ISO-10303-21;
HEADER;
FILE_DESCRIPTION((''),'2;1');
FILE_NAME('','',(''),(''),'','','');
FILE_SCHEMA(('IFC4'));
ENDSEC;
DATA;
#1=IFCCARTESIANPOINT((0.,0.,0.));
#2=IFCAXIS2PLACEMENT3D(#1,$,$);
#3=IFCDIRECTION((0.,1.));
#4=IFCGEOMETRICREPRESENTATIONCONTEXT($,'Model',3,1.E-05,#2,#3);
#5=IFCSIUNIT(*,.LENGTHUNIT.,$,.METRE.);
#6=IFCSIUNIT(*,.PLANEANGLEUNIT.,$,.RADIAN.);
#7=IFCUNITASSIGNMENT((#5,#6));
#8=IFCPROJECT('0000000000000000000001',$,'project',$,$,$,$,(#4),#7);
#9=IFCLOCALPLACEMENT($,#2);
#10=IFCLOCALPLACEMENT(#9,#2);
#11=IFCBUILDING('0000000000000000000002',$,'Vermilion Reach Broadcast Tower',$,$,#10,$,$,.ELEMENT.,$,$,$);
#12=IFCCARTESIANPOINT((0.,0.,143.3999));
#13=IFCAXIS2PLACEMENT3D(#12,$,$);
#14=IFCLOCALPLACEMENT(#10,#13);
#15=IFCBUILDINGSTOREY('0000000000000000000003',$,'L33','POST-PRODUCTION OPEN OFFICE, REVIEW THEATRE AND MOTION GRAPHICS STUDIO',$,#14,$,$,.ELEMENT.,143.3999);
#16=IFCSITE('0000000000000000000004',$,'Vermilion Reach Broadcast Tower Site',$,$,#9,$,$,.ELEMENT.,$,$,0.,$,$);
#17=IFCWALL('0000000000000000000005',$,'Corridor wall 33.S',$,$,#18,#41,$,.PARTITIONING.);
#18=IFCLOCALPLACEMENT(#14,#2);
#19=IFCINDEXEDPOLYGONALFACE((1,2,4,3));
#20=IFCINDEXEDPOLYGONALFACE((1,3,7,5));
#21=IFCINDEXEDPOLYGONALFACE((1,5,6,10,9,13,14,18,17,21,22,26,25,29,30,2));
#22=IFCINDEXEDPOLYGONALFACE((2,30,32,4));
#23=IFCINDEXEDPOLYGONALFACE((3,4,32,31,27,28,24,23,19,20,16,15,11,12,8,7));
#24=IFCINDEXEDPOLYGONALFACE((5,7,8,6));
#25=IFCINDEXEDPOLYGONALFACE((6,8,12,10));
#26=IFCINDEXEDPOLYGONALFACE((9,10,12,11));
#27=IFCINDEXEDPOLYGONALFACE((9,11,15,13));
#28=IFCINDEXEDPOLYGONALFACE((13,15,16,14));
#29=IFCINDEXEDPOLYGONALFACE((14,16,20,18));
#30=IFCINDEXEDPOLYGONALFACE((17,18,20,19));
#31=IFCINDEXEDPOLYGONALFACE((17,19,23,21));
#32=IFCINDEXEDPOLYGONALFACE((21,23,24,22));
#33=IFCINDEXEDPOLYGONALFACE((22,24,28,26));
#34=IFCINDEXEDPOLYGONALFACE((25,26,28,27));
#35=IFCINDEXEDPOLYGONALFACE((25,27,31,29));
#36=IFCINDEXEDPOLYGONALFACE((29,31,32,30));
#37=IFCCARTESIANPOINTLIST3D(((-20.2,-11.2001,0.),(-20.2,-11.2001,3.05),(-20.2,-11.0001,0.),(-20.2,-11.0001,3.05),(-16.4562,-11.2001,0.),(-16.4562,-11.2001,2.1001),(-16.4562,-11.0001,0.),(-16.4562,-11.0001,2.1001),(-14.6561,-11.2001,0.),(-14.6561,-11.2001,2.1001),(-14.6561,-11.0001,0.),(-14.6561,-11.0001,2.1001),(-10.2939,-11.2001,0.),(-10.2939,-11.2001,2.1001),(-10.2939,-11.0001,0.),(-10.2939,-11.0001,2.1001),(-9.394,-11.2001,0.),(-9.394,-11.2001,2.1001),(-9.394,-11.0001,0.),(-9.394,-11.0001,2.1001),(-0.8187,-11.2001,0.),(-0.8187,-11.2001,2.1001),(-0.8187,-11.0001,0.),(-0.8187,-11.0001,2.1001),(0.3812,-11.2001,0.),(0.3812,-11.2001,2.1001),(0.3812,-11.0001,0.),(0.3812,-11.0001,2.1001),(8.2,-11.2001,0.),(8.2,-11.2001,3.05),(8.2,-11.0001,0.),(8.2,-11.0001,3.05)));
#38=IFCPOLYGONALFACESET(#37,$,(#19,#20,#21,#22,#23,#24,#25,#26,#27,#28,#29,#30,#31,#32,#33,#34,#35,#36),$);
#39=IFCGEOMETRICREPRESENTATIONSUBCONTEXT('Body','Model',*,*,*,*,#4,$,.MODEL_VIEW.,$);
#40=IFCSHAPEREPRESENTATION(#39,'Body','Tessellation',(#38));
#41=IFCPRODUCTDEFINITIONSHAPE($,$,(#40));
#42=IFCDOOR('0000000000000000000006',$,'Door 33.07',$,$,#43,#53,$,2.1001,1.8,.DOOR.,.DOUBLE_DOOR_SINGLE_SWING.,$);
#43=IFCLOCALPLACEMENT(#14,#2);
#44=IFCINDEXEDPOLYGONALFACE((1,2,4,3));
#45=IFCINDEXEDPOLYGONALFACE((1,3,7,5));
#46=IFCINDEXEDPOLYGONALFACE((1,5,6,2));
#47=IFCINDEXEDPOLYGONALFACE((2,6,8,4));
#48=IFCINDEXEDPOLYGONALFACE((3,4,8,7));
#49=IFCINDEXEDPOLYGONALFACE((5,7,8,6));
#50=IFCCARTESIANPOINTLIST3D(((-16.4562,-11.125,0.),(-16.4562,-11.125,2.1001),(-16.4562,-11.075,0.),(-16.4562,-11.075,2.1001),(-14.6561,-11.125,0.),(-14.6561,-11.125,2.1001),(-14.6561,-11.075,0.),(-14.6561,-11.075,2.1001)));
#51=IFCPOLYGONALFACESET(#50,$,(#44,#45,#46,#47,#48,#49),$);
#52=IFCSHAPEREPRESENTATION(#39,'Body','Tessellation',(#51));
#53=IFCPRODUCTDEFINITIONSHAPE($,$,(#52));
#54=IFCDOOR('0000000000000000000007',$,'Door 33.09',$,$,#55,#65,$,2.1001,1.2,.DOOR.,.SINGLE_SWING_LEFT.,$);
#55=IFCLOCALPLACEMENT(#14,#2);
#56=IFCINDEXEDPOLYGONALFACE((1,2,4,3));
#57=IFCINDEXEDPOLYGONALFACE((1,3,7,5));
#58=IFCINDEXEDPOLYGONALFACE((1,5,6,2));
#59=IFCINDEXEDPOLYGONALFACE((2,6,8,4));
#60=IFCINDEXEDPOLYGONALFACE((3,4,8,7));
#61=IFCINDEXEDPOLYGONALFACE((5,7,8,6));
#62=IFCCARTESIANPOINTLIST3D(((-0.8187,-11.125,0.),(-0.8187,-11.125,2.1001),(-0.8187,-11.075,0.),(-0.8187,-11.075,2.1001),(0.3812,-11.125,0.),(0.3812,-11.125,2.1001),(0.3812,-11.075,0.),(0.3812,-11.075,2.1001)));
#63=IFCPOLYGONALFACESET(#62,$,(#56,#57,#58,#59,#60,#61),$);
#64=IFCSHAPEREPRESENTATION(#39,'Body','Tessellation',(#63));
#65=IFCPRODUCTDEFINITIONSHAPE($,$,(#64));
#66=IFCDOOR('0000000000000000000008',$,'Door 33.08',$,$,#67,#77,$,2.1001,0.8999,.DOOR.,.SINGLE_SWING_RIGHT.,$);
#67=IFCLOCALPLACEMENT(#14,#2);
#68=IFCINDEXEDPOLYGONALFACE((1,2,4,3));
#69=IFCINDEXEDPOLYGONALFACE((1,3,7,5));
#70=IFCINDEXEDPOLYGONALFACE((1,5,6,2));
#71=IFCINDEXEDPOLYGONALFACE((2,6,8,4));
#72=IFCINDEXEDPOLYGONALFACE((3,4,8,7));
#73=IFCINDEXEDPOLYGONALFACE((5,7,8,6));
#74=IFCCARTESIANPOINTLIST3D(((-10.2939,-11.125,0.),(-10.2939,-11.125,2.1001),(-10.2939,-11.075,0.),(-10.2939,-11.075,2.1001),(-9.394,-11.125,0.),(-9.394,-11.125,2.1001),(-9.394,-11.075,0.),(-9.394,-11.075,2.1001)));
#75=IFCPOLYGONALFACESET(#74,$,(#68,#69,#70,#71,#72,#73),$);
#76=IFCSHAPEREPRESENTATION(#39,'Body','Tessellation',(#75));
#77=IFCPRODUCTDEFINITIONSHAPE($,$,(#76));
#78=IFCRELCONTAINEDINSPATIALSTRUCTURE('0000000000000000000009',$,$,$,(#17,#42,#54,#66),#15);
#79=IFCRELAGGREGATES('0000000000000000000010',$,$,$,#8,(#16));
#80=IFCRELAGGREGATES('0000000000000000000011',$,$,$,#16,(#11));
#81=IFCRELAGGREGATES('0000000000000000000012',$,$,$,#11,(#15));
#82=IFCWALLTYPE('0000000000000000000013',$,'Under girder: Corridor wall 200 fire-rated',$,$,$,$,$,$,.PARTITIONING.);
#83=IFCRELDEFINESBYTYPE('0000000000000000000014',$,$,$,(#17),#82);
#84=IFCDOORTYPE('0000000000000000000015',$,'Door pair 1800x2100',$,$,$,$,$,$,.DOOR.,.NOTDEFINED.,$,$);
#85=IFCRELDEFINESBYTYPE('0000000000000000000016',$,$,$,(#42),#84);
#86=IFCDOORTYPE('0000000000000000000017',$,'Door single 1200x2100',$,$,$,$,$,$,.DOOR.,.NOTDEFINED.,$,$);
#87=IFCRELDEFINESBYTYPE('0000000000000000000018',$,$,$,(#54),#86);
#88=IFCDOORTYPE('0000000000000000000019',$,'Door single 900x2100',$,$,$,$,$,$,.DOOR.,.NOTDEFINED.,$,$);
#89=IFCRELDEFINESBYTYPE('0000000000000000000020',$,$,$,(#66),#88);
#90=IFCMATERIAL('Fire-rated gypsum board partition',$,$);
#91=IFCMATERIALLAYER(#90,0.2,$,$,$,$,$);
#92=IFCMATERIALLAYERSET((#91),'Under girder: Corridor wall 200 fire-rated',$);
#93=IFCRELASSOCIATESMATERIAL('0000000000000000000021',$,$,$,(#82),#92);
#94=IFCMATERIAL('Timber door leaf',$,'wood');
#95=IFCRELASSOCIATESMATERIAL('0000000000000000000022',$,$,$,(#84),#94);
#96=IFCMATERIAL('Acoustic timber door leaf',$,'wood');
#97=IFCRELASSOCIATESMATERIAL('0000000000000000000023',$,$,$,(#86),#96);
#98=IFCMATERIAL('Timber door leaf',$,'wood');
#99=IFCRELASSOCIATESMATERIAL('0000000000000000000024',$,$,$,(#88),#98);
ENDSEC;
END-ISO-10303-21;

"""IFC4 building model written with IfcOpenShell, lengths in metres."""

from ifc_helpers import new_model, si_unit, direction, frame, frame_2d, origin, place, context, subcontext, project, spatial, rectangle, extrude, material, layer, layer_set, type_object, element, fill, save


model = new_model("IFC4")

# Units and contexts
model_context = context("Model", 3, precision=1e-05, world=origin(), true_north=direction((0.0, 1.0)))
body_context = subcontext(model_context, "Body", "Model", "MODEL_VIEW")
ifc_project = project(units=[si_unit("LENGTHUNIT", "METRE"), si_unit("PLANEANGLEUNIT", "RADIAN")], contexts=[model_context])

# Site, building, storey
site_placement = place(None, origin())
site = spatial("IfcSite", under=ifc_project, at=site_placement, Name="Vermilion Reach Broadcast Tower Site", CompositionType="ELEMENT", RefElevation=0.0)
building_placement = place(site_placement, origin())
building = spatial("IfcBuilding", under=site, at=building_placement, Name="Vermilion Reach Broadcast Tower", CompositionType="ELEMENT")
storey_placement = place(building_placement, frame((0.0, 0.0, 143.3999)))
storey = spatial("IfcBuildingStorey", under=building, at=storey_placement, Name="L33", Description="POST-PRODUCTION OPEN OFFICE, REVIEW THEATRE AND MOTION GRAPHICS STUDIO", CompositionType="ELEMENT", Elevation=143.3999)

# Wall, openings, doors
ifc_material_1 = material(Name="Fire-rated gypsum board partition")
ifc_layer_1 = layer(ifc_material_1, 0.2)
ifc_layer_set_1 = layer_set([ifc_layer_1], Name="Under girder: Corridor wall 200 fire-rated")
wall_type_1 = type_object("IfcWallType", Name="Under girder: Corridor wall 200 fire-rated", PredefinedType="PARTITIONING", material=ifc_layer_set_1)
wall_1_placement = place(storey_placement, frame((8.2, -11.1001, 0.0), z_axis=(0.0, 0.0, 1.0), x_axis=(-1.0, 0.0, 0.0)))
wall_1 = element("IfcWall", 1, at=wall_1_placement, inside=storey, type_object=wall_type_1, Name="Corridor wall 33.S", PredefinedType="PARTITIONING", context=body_context, shape_type="SweptSolid", body=[
    extrude(rectangle(XDim=28.3999, YDim=0.2, at=frame_2d((14.2, 0.0))), origin(), (0.0, 0.0, 1.0), 3.05),
])
opening_1_placement = place(wall_1_placement, frame((22.8562, 0.0, 0.0)))
opening_1 = element("IfcOpeningElement", 2, at=opening_1_placement, cuts=wall_1, PredefinedType="OPENING", context=body_context, shape_type="SweptSolid", body=[
    extrude(rectangle(XDim=1.8, YDim=2.1001, at=frame_2d((0.8999, 1.05))), frame((0.0, 0.1099, 0.0), z_axis=(0.0, -1.0, 0.0), x_axis=(1.0, 0.0, 0.0)), (0.0, 0.0, 1.0), 0.22),
])
opening_2_placement = place(wall_1_placement, frame((17.594, 0.0, 0.0)))
opening_2 = element("IfcOpeningElement", 3, at=opening_2_placement, cuts=wall_1, PredefinedType="OPENING", context=body_context, shape_type="SweptSolid", body=[
    extrude(rectangle(XDim=0.8999, YDim=2.1001, at=frame_2d((0.45, 1.05))), frame((0.0, 0.1099, 0.0), z_axis=(0.0, -1.0, 0.0), x_axis=(1.0, 0.0, 0.0)), (0.0, 0.0, 1.0), 0.22),
])
opening_3_placement = place(wall_1_placement, frame((7.8186, 0.0, 0.0)))
opening_3 = element("IfcOpeningElement", 4, at=opening_3_placement, cuts=wall_1, PredefinedType="OPENING", context=body_context, shape_type="SweptSolid", body=[
    extrude(rectangle(XDim=1.2, YDim=2.1001, at=frame_2d((0.6001, 1.05))), frame((0.0, 0.1099, 0.0), z_axis=(0.0, -1.0, 0.0), x_axis=(1.0, 0.0, 0.0)), (0.0, 0.0, 1.0), 0.22),
])
ifc_material_2 = material(Name="Timber door leaf", Category="wood")
door_type_1 = type_object("IfcDoorType", Name="Door pair 1800x2100", OperationType="NOTDEFINED", PredefinedType="DOOR", material=ifc_material_2)
door_1_placement = place(opening_1_placement, origin())
door_1 = element("IfcDoor", 5, at=door_1_placement, inside=storey, type_object=door_type_1, Name="Door 33.07", OperationType="DOUBLE_DOOR_SINGLE_SWING", OverallHeight=2.1001, OverallWidth=1.8, PredefinedType="DOOR", context=body_context, shape_type="SweptSolid", body=[
    extrude(rectangle(XDim=1.8, YDim=2.1001, at=frame_2d((0.8999, 1.05))), frame((0.0, 0.0249, 0.0), z_axis=(0.0, -1.0, 0.0), x_axis=(1.0, 0.0, 0.0)), (0.0, 0.0, 1.0), 0.05),
])
fill(opening_1, door_1)
ifc_material_3 = material(Name="Acoustic timber door leaf", Category="wood")
door_type_2 = type_object("IfcDoorType", Name="Door single 1200x2100", OperationType="NOTDEFINED", PredefinedType="DOOR", material=ifc_material_3)
door_2_placement = place(opening_3_placement, origin())
door_2 = element("IfcDoor", 6, at=door_2_placement, inside=storey, type_object=door_type_2, Name="Door 33.09", OperationType="SINGLE_SWING_LEFT", OverallHeight=2.1001, OverallWidth=1.2, PredefinedType="DOOR", context=body_context, shape_type="SweptSolid", body=[
    extrude(rectangle(XDim=1.2, YDim=2.1001, at=frame_2d((0.6001, 1.05))), frame((0.0, 0.0249, 0.0), z_axis=(0.0, -1.0, 0.0), x_axis=(1.0, 0.0, 0.0)), (0.0, 0.0, 1.0), 0.05),
])
fill(opening_3, door_2)
ifc_material_4 = material(Name="Timber door leaf", Category="wood")
door_type_3 = type_object("IfcDoorType", Name="Door single 900x2100", OperationType="NOTDEFINED", PredefinedType="DOOR", material=ifc_material_4)
door_3_placement = place(opening_2_placement, origin())
door_3 = element("IfcDoor", 7, at=door_3_placement, inside=storey, type_object=door_type_3, Name="Door 33.08", OperationType="SINGLE_SWING_RIGHT", OverallHeight=2.1001, OverallWidth=0.8999, PredefinedType="DOOR", context=body_context, shape_type="SweptSolid", body=[
    extrude(rectangle(XDim=0.8999, YDim=2.1001, at=frame_2d((0.45, 1.05))), frame((0.0, 0.0249, 0.0), z_axis=(0.0, -1.0, 0.0), x_axis=(1.0, 0.0, 0.0)), (0.0, 0.0, 1.0), 0.05),
])
fill(opening_2, door_3)

save(model, "model.ifc")
